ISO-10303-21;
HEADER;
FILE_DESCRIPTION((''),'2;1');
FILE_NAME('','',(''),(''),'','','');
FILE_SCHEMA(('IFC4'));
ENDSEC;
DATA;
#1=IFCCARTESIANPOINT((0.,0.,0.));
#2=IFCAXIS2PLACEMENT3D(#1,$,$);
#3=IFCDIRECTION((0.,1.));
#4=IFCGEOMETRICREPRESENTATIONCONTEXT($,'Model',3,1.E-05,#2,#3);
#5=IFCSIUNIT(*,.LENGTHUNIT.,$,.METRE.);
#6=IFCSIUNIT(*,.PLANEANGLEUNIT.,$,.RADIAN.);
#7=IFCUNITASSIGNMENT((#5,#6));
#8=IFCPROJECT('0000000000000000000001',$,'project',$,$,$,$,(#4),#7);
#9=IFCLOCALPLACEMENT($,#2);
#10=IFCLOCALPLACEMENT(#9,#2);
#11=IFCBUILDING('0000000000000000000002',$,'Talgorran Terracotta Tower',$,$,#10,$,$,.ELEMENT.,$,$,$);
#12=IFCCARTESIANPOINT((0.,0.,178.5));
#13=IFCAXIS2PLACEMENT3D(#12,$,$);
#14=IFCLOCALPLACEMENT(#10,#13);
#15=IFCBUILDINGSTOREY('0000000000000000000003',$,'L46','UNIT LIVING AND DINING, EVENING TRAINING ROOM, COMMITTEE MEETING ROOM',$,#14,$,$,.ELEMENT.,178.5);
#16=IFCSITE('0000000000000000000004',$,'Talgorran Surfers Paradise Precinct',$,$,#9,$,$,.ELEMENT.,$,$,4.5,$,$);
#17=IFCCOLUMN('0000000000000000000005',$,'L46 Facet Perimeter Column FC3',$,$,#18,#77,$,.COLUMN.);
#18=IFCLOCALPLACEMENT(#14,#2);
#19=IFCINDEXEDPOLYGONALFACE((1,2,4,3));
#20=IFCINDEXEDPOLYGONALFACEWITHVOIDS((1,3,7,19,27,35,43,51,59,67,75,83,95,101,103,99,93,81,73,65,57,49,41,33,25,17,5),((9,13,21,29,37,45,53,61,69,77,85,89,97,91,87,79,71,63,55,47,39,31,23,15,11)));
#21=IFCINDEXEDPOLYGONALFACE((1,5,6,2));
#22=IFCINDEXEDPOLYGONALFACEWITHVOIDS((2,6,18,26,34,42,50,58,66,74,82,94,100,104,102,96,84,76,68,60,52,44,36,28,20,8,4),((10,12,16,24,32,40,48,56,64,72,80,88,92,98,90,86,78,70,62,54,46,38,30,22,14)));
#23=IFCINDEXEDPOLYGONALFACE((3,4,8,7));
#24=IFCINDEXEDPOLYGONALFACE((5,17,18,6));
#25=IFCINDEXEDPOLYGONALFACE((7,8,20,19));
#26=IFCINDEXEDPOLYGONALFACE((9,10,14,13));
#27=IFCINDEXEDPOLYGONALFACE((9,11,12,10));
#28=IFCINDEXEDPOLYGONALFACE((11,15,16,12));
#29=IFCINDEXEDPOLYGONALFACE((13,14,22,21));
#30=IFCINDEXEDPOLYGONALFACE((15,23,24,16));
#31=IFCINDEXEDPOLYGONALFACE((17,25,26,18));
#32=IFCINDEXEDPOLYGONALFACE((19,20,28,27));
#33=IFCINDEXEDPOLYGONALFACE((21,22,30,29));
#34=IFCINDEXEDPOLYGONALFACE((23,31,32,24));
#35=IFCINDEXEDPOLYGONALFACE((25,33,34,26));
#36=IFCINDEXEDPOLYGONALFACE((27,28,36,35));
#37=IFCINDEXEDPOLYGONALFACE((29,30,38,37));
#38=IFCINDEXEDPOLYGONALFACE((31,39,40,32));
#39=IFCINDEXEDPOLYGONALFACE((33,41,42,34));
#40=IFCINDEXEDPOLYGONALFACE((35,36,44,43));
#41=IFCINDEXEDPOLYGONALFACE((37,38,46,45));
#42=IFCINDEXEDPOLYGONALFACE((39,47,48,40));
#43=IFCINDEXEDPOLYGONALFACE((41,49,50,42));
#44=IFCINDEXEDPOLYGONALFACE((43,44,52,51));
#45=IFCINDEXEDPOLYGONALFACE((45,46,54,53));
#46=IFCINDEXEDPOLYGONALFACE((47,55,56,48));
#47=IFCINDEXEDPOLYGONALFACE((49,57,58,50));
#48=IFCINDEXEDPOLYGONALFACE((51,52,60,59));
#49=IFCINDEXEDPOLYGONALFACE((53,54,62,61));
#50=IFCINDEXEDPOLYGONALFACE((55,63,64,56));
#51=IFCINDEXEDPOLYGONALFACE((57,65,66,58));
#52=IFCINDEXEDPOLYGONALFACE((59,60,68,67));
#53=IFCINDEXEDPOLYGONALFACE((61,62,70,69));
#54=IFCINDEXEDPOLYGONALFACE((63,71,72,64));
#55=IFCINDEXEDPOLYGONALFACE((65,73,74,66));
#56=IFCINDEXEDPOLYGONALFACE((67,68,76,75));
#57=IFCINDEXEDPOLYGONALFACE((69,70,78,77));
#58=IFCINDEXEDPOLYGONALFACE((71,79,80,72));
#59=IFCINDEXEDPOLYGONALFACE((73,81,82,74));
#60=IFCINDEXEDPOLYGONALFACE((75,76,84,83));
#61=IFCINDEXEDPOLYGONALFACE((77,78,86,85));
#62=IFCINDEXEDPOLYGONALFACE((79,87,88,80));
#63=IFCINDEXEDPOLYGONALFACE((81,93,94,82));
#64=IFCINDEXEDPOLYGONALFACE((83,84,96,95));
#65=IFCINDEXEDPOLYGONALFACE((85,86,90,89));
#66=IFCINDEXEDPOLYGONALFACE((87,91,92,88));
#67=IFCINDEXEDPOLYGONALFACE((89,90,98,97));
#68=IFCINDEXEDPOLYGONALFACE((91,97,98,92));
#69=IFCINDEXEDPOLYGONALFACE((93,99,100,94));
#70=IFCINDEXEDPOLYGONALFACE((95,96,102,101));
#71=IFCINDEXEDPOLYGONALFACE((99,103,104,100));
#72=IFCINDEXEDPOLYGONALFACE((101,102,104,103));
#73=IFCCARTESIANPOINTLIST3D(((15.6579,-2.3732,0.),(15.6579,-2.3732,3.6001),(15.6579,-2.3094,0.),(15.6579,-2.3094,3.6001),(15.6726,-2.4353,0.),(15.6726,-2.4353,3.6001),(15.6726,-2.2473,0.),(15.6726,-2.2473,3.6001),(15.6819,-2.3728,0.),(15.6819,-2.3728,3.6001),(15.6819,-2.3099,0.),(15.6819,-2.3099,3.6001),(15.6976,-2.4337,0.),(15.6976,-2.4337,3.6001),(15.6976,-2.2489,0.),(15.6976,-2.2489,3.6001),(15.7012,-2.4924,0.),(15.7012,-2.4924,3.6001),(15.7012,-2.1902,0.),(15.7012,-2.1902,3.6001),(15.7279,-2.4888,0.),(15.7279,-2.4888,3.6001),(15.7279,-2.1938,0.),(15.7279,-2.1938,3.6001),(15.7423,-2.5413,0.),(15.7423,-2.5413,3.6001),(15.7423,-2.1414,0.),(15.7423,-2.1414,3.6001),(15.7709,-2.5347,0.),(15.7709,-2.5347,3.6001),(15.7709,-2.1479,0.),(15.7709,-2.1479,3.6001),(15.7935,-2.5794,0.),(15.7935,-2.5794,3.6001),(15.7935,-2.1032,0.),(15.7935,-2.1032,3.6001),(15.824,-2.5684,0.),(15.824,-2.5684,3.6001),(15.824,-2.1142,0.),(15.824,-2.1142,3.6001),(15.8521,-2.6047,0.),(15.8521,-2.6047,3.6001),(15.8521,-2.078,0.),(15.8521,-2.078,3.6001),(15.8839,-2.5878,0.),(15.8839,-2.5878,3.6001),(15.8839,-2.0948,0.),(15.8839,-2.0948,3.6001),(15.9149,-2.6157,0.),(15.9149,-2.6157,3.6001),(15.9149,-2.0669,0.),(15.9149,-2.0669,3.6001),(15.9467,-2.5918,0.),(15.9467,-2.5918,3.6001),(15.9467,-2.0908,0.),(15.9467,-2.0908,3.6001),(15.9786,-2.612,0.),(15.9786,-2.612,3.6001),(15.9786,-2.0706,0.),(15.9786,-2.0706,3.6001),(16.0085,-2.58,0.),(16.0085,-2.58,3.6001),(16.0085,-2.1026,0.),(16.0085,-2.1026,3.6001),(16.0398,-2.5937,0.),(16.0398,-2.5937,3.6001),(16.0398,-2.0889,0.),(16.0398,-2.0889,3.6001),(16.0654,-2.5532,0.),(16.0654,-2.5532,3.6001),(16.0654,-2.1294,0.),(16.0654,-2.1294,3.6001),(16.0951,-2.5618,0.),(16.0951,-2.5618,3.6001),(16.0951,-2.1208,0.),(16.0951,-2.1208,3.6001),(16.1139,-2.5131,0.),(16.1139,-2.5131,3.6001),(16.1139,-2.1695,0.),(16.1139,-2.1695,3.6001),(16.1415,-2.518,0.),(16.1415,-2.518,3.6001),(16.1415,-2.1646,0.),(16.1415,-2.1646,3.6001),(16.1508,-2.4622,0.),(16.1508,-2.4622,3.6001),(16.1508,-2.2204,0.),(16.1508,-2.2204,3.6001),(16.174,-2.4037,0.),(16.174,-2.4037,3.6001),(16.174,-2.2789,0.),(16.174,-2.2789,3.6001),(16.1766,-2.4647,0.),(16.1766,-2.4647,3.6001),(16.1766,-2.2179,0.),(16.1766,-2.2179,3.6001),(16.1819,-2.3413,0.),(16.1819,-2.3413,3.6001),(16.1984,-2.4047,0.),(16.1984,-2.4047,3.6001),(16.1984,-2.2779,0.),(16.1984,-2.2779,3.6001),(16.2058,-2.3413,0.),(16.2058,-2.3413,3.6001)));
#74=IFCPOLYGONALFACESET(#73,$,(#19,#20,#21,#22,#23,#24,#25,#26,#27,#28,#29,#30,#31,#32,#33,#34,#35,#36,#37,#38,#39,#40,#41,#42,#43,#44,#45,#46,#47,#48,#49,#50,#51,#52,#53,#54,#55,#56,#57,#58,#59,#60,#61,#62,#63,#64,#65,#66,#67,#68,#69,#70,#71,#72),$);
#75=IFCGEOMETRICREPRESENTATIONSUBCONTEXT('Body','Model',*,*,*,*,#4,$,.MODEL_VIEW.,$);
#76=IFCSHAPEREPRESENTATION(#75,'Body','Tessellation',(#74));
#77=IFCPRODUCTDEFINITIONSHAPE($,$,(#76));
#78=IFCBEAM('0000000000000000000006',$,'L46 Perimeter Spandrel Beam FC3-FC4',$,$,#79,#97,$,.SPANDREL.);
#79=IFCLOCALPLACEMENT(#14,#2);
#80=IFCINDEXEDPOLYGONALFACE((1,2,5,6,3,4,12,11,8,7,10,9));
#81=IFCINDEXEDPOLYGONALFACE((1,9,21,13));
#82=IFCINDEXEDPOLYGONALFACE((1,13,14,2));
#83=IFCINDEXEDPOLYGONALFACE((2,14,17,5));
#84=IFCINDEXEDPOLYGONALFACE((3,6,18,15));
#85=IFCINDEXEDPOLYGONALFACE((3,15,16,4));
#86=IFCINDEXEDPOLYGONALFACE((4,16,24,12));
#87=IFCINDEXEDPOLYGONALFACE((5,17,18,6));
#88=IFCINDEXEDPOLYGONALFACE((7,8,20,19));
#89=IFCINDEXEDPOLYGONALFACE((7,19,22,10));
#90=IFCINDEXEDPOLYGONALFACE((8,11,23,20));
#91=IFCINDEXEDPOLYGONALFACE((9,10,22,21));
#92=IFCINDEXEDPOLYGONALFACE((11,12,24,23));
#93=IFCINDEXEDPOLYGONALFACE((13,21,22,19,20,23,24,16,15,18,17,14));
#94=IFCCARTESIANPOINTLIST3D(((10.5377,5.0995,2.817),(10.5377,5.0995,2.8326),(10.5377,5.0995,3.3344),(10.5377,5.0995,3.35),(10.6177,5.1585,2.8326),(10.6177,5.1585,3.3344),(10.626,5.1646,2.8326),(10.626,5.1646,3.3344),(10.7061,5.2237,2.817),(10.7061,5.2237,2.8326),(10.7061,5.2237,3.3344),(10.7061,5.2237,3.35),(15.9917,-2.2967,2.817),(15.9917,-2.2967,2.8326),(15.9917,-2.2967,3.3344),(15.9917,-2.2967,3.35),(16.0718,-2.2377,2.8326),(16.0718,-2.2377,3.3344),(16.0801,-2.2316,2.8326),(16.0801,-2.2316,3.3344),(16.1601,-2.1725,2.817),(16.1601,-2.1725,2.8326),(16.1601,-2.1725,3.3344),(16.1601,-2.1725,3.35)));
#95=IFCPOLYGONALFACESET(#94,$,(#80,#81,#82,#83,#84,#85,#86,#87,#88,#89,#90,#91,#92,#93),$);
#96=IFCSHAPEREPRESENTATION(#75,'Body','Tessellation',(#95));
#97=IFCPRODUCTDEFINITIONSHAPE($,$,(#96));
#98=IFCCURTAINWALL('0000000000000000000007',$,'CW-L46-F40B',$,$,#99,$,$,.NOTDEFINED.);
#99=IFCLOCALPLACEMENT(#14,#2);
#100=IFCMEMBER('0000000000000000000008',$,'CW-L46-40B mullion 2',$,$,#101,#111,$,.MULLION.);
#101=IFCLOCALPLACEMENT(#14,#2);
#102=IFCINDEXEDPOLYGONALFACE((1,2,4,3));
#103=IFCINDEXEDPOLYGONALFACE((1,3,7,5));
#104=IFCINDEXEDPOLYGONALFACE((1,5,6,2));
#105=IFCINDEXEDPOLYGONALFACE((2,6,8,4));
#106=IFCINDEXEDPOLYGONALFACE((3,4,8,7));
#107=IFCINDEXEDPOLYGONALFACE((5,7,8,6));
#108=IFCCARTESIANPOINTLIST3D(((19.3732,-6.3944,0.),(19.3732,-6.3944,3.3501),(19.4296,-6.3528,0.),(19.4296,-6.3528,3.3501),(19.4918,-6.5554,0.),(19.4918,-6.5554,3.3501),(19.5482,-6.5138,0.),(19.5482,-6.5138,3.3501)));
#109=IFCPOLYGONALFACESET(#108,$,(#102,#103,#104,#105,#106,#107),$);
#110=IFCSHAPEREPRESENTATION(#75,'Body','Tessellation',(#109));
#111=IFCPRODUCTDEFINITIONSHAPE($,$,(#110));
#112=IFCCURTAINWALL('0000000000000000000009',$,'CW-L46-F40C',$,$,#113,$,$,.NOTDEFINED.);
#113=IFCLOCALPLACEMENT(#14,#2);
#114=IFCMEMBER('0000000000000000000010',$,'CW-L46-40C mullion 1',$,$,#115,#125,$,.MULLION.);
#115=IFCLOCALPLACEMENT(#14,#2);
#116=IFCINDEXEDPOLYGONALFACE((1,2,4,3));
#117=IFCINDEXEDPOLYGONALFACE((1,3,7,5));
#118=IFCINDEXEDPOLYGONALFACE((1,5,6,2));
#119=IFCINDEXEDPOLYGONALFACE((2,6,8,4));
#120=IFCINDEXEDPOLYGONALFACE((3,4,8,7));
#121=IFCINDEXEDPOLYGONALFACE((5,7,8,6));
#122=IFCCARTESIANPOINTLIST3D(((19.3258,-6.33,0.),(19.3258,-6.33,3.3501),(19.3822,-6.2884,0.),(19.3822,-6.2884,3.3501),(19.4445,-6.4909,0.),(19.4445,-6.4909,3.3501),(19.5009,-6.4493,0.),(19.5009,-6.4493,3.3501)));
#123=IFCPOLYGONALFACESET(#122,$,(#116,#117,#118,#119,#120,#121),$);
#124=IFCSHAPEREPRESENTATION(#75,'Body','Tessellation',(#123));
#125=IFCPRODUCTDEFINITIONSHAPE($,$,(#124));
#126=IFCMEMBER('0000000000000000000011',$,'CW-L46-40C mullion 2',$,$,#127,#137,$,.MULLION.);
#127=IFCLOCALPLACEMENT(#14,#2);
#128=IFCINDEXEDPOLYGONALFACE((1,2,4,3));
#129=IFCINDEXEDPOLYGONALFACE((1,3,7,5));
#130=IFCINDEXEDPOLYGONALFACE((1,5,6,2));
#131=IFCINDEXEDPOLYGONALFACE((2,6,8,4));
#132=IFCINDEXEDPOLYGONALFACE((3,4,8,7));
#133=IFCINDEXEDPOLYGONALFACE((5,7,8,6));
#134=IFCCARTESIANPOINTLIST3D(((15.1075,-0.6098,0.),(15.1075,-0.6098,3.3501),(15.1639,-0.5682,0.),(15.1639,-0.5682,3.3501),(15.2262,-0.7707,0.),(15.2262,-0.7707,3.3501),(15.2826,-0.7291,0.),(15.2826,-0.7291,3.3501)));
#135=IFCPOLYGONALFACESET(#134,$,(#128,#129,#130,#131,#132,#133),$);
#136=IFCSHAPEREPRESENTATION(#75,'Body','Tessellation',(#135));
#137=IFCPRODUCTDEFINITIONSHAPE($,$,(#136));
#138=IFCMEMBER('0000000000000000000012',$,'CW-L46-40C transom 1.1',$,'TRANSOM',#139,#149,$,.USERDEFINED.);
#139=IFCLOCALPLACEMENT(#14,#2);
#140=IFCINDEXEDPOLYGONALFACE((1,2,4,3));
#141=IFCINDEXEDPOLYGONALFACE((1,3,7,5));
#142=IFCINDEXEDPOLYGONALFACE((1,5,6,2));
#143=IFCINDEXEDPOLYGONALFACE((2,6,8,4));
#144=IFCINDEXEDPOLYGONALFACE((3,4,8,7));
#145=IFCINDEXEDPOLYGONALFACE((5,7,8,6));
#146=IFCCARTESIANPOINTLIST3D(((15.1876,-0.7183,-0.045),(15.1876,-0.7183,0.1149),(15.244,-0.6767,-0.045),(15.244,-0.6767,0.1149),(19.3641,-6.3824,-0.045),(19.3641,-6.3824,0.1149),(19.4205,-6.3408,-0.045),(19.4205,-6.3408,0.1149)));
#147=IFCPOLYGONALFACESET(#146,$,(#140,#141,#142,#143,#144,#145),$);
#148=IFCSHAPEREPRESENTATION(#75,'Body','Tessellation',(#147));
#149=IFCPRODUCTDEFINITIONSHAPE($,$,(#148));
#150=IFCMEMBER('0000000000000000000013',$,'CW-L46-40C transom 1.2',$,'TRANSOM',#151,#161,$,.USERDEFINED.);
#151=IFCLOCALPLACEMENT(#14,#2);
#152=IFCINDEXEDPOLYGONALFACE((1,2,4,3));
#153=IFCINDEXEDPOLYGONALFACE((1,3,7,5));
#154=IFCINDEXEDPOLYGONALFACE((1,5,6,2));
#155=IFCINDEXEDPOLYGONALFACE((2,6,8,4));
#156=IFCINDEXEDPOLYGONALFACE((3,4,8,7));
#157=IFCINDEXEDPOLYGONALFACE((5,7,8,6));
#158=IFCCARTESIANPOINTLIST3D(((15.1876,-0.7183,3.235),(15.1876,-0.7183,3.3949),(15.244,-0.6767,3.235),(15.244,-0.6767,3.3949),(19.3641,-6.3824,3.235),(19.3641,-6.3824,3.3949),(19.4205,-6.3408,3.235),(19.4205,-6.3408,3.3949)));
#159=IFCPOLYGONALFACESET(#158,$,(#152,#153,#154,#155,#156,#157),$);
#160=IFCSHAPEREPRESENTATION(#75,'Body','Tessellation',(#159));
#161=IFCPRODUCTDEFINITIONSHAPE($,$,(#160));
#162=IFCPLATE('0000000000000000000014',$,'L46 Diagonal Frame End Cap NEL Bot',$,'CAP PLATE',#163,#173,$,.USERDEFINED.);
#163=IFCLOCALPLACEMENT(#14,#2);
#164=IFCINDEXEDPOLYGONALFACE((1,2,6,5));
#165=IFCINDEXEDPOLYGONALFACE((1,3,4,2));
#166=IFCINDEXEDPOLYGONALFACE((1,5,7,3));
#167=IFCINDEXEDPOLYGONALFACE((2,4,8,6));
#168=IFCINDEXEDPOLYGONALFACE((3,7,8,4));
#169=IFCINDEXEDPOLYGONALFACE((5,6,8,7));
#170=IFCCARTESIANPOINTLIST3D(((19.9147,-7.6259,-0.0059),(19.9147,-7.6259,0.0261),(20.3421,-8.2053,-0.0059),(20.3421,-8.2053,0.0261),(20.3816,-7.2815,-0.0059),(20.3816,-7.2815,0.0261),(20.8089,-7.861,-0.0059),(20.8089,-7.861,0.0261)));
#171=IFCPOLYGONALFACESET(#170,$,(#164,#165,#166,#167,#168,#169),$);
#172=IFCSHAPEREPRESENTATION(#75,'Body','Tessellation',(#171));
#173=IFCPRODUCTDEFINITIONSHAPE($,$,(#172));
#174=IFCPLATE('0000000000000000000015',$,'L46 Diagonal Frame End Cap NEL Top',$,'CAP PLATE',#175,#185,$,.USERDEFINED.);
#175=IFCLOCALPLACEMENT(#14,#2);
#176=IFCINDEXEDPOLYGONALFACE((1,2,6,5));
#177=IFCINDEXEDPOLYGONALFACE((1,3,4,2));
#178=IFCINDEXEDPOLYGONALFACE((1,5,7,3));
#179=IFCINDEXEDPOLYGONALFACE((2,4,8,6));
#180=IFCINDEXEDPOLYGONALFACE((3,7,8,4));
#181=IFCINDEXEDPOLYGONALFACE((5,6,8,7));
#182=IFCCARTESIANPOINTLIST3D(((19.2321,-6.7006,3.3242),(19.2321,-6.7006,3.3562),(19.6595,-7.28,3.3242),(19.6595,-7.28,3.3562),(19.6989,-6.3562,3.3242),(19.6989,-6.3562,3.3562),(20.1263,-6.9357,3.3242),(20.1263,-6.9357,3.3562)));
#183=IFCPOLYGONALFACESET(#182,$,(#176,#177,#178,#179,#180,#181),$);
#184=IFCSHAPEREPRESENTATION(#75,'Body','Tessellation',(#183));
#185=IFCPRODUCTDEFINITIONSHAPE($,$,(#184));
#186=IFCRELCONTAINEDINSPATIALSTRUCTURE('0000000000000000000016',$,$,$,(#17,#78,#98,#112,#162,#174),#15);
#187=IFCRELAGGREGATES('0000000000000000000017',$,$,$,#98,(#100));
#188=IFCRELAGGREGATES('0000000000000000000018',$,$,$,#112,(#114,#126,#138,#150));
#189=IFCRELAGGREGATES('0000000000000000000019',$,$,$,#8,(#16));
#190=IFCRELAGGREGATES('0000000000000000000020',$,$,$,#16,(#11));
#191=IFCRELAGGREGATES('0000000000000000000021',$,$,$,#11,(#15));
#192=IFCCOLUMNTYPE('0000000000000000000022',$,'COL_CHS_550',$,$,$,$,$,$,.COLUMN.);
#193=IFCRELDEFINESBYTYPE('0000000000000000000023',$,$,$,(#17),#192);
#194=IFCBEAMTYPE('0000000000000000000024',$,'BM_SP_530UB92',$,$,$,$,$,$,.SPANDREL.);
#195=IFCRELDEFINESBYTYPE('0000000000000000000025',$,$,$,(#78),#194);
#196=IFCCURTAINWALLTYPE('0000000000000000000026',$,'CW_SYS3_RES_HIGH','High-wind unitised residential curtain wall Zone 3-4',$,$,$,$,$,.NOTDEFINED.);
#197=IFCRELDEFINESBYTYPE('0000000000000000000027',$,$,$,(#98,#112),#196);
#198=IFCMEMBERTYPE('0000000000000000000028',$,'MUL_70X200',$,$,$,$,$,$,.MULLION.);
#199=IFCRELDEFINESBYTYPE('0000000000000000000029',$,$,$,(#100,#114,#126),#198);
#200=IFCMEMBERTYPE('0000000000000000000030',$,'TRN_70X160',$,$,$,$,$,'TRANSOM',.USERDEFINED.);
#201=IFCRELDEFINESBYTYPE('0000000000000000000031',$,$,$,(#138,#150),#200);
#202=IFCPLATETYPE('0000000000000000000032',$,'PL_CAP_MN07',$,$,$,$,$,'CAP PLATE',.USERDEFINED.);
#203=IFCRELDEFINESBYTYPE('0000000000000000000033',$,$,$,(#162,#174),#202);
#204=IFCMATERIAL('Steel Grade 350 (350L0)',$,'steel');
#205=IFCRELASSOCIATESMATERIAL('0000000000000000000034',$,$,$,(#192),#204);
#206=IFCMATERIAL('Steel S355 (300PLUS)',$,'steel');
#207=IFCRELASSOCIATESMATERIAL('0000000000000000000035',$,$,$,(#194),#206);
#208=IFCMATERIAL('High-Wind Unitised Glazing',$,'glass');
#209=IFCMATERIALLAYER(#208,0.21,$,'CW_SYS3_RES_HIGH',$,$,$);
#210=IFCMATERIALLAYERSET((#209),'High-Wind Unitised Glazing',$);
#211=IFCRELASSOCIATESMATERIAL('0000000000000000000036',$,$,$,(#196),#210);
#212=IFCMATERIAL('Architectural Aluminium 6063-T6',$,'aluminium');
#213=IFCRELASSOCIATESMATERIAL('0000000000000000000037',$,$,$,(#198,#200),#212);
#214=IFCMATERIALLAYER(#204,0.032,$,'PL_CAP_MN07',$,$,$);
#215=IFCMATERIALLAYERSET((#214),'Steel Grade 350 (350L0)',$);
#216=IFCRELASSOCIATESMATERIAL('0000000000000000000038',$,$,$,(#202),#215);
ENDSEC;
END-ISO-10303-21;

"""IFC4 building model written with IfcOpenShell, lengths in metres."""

from ifc_helpers import new_model, si_unit, direction, frame, origin, origin_2d, place, context, subcontext, project, spatial, rectangle, hollow_circle, i_section, extrude, material, layer, layer_set, material_profile, profile_set, type_object, element, aggregate, save


model = new_model("IFC4")

# Units and contexts
model_context = context("Model", 3, precision=1e-05, world=origin(), true_north=direction((0.0, 1.0)))
body_context = subcontext(model_context, "Body", "Model", "MODEL_VIEW")
ifc_project = project(units=[si_unit("LENGTHUNIT", "METRE"), si_unit("PLANEANGLEUNIT", "RADIAN")], contexts=[model_context])

# Site, building, storey
site_placement = place(None, origin())
site = spatial("IfcSite", under=ifc_project, at=site_placement, Name="Talgorran Surfers Paradise Precinct", CompositionType="ELEMENT", RefElevation=4.5)
building_placement = place(site_placement, origin())
building = spatial("IfcBuilding", under=site, at=building_placement, Name="Talgorran Terracotta Tower", CompositionType="ELEMENT")
storey_placement = place(building_placement, frame((0.0, 0.0, 178.5)))
storey = spatial("IfcBuildingStorey", under=building, at=storey_placement, Name="L46", Description="UNIT LIVING AND DINING, EVENING TRAINING ROOM, COMMITTEE MEETING ROOM", CompositionType="ELEMENT", Elevation=178.5)

# Column
ifc_material_1 = material(Name="Steel Grade 350 (350L0)", Category="steel")
ifc_material_profile_1 = material_profile(ifc_material_1, hollow_circle(Radius=0.2749, WallThickness=0.0239, at=origin_2d()), Name="CHS550X24")
ifc_profile_set_1 = profile_set([ifc_material_profile_1], Name="Steel Grade 350 (350L0)")
column_type = type_object("IfcColumnType", Name="COL_CHS_550", PredefinedType="COLUMN", material=ifc_profile_set_1)
column_placement = place(storey_placement, frame((15.9309, -2.3413, 0.0), z_axis=(0.0, 0.0, 1.0), x_axis=(1.0, 0.0, 0.0)))
element("IfcColumn", 1, at=column_placement, inside=storey, type_object=column_type, Name="L46 Facet Perimeter Column FC3", PredefinedType="COLUMN", context=body_context, shape_type="SweptSolid", body=[
    extrude(hollow_circle(Radius=0.2749, WallThickness=0.0239, at=origin_2d()), origin(), (0.0, 0.0, 1.0), 3.6001),
])

# Beam
ifc_material_2 = material(Name="Steel S355 (300PLUS)", Category="steel")
ifc_material_profile_2 = material_profile(ifc_material_2, i_section(OverallWidth=0.2092, OverallDepth=0.533, WebThickness=0.0103, FlangeThickness=0.0156, at=origin_2d()), Name="530UB92.4")
ifc_profile_set_2 = profile_set([ifc_material_profile_2], Name="Steel S355 (300PLUS)")
beam_type = type_object("IfcBeamType", Name="BM_SP_530UB92", PredefinedType="SPANDREL", material=ifc_profile_set_2)
beam_placement = place(storey_placement, frame((16.0759, -2.2346, 3.0835), z_axis=(-0.593498, 0.804835, 0.0), x_axis=(-0.804835, -0.593498, 0.0)))
element("IfcBeam", 2, at=beam_placement, inside=storey, type_object=beam_type, Name="L46 Perimeter Spandrel Beam FC3-FC4", PredefinedType="SPANDREL", context=body_context, shape_type="SweptSolid", body=[
    extrude(i_section(OverallWidth=0.2092, OverallDepth=0.533, WebThickness=0.0103, FlangeThickness=0.0156, at=origin_2d()), origin(), (0.0, 0.0, 1.0), 9.1897),
])

# Curtain wall, member
ifc_material_3 = material(Name="High-Wind Unitised Glazing", Category="glass")
ifc_layer_1 = layer(ifc_material_3, 0.21, Name="CW_SYS3_RES_HIGH")
ifc_layer_set_1 = layer_set([ifc_layer_1], Name="High-Wind Unitised Glazing")
curtain_wall_type = type_object("IfcCurtainWallType", Name="CW_SYS3_RES_HIGH", Description="High-wind unitised residential curtain wall Zone 3-4", PredefinedType="NOTDEFINED", material=ifc_layer_set_1)
curtain_wall_1_placement = place(storey_placement, origin())
curtain_wall_1 = element("IfcCurtainWall", 3, at=curtain_wall_1_placement, inside=storey, type_object=curtain_wall_type, Name="CW-L46-F40B", PredefinedType="NOTDEFINED")
ifc_material_4 = material(Name="Architectural Aluminium 6063-T6", Category="aluminium")
ifc_material_profile_3 = material_profile(ifc_material_4, rectangle(XDim=0.0701, YDim=0.2, at=origin_2d()), Name="CWM70X200")
ifc_profile_set_3 = profile_set([ifc_material_profile_3], Name="Architectural Aluminium 6063-T6")
member_type_1 = type_object("IfcMemberType", Name="MUL_70X200", PredefinedType="MULLION", material=ifc_profile_set_3)
member_1_placement = place(storey_placement, frame((19.4607, -6.4541, 0.0), z_axis=(0.0, 0.0, 1.0), x_axis=(-0.804826, -0.593511, 0.0)))
member_1 = element("IfcMember", 4, at=member_1_placement, type_object=member_type_1, Name="CW-L46-40B mullion 2", PredefinedType="MULLION", context=body_context, shape_type="SweptSolid", body=[
    extrude(rectangle(XDim=0.0701, YDim=0.2, at=origin_2d()), origin(), (0.0, 0.0, 1.0), 3.3501),
])

# Curtain wall, members
curtain_wall_2_placement = place(storey_placement, origin())
curtain_wall_2 = element("IfcCurtainWall", 5, at=curtain_wall_2_placement, inside=storey, type_object=curtain_wall_type, Name="CW-L46-F40C", PredefinedType="NOTDEFINED")
member_2_placement = place(storey_placement, frame((19.4133, -6.3896, 0.0), z_axis=(0.0, 0.0, 1.0), x_axis=(-0.804837, -0.593496, 0.0)))
member_2 = element("IfcMember", 6, at=member_2_placement, type_object=member_type_1, Name="CW-L46-40C mullion 1", PredefinedType="MULLION", context=body_context, shape_type="SweptSolid", body=[
    extrude(rectangle(XDim=0.0701, YDim=0.2, at=origin_2d()), origin(), (0.0, 0.0, 1.0), 3.3501),
])
member_3_placement = place(storey_placement, frame((15.1951, -0.6694, 0.0), z_axis=(0.0, 0.0, 1.0), x_axis=(-0.804837, -0.593496, 0.0)))
member_3 = element("IfcMember", 7, at=member_3_placement, type_object=member_type_1, Name="CW-L46-40C mullion 2", PredefinedType="MULLION", context=body_context, shape_type="SweptSolid", body=[
    extrude(rectangle(XDim=0.0701, YDim=0.2, at=origin_2d()), origin(), (0.0, 0.0, 1.0), 3.3501),
])
ifc_material_profile_4 = material_profile(ifc_material_4, rectangle(XDim=0.0701, YDim=0.1599, at=origin_2d()), Name="CWT70X160")
ifc_profile_set_4 = profile_set([ifc_material_profile_4], Name="Architectural Aluminium 6063-T6")
member_type_2 = type_object("IfcMemberType", Name="TRN_70X160", ElementType="TRANSOM", PredefinedType="USERDEFINED", material=ifc_profile_set_4)
member_4_placement = place(storey_placement, frame((19.3923, -6.3616, 0.0349), z_axis=(-0.593475, 0.804853, 0.0), x_axis=(-0.804853, -0.593475, 0.0)))
member_4 = element("IfcMember", 8, at=member_4_placement, type_object=member_type_2, Name="CW-L46-40C transom 1.1", ObjectType="TRANSOM", PredefinedType="USERDEFINED", context=body_context, shape_type="SweptSolid", body=[
    extrude(rectangle(XDim=0.0701, YDim=0.1599, at=origin_2d()), origin(), (0.0, 0.0, 1.0), 7.0374),
])
member_5_placement = place(storey_placement, frame((19.3923, -6.3616, 3.3149), z_axis=(-0.593475, 0.804853, 0.0), x_axis=(-0.804853, -0.593475, 0.0)))
member_5 = element("IfcMember", 9, at=member_5_placement, type_object=member_type_2, Name="CW-L46-40C transom 1.2", ObjectType="TRANSOM", PredefinedType="USERDEFINED", context=body_context, shape_type="SweptSolid", body=[
    extrude(rectangle(XDim=0.0701, YDim=0.1599, at=origin_2d()), origin(), (0.0, 0.0, 1.0), 7.0374),
])

# Plates
ifc_layer_2 = layer(ifc_material_1, 0.032, Name="PL_CAP_MN07")
ifc_layer_set_2 = layer_set([ifc_layer_2], Name="Steel Grade 350 (350L0)")
plate_type_1 = type_object("IfcPlateType", Name="PL_CAP_MN07", ElementType="CAP PLATE", PredefinedType="USERDEFINED", material=ifc_layer_set_2)
for number, where, z_axis, x_axis, name in (
    (10, (20.3618, -7.7434, -0.0059), (0.0, 0.0, 1.0), (-0.593559, 0.80479, 0.0), "L46 Diagonal Frame End Cap NEL Bot"),
    (11, (19.6792, -6.8181, 3.3242), (0.0, 0.0, 1.0), (-0.593559, 0.80479, 0.0), "L46 Diagonal Frame End Cap NEL Top"),
):
    element("IfcPlate", number, at=place(storey_placement, frame(where, z_axis=z_axis, x_axis=x_axis)), inside=storey, type_object=plate_type_1, Name=name, ObjectType="CAP PLATE", PredefinedType="USERDEFINED", context=body_context, shape_type="SweptSolid", body=[
        extrude(rectangle(XDim=0.72, YDim=0.5801, at=origin_2d()), origin(), (0.0, 0.0, 1.0), 0.032),
    ])

aggregate(curtain_wall_1, [member_1])
aggregate(curtain_wall_2, [member_2, member_3, member_4, member_5])

save(model, "model.ifc")
